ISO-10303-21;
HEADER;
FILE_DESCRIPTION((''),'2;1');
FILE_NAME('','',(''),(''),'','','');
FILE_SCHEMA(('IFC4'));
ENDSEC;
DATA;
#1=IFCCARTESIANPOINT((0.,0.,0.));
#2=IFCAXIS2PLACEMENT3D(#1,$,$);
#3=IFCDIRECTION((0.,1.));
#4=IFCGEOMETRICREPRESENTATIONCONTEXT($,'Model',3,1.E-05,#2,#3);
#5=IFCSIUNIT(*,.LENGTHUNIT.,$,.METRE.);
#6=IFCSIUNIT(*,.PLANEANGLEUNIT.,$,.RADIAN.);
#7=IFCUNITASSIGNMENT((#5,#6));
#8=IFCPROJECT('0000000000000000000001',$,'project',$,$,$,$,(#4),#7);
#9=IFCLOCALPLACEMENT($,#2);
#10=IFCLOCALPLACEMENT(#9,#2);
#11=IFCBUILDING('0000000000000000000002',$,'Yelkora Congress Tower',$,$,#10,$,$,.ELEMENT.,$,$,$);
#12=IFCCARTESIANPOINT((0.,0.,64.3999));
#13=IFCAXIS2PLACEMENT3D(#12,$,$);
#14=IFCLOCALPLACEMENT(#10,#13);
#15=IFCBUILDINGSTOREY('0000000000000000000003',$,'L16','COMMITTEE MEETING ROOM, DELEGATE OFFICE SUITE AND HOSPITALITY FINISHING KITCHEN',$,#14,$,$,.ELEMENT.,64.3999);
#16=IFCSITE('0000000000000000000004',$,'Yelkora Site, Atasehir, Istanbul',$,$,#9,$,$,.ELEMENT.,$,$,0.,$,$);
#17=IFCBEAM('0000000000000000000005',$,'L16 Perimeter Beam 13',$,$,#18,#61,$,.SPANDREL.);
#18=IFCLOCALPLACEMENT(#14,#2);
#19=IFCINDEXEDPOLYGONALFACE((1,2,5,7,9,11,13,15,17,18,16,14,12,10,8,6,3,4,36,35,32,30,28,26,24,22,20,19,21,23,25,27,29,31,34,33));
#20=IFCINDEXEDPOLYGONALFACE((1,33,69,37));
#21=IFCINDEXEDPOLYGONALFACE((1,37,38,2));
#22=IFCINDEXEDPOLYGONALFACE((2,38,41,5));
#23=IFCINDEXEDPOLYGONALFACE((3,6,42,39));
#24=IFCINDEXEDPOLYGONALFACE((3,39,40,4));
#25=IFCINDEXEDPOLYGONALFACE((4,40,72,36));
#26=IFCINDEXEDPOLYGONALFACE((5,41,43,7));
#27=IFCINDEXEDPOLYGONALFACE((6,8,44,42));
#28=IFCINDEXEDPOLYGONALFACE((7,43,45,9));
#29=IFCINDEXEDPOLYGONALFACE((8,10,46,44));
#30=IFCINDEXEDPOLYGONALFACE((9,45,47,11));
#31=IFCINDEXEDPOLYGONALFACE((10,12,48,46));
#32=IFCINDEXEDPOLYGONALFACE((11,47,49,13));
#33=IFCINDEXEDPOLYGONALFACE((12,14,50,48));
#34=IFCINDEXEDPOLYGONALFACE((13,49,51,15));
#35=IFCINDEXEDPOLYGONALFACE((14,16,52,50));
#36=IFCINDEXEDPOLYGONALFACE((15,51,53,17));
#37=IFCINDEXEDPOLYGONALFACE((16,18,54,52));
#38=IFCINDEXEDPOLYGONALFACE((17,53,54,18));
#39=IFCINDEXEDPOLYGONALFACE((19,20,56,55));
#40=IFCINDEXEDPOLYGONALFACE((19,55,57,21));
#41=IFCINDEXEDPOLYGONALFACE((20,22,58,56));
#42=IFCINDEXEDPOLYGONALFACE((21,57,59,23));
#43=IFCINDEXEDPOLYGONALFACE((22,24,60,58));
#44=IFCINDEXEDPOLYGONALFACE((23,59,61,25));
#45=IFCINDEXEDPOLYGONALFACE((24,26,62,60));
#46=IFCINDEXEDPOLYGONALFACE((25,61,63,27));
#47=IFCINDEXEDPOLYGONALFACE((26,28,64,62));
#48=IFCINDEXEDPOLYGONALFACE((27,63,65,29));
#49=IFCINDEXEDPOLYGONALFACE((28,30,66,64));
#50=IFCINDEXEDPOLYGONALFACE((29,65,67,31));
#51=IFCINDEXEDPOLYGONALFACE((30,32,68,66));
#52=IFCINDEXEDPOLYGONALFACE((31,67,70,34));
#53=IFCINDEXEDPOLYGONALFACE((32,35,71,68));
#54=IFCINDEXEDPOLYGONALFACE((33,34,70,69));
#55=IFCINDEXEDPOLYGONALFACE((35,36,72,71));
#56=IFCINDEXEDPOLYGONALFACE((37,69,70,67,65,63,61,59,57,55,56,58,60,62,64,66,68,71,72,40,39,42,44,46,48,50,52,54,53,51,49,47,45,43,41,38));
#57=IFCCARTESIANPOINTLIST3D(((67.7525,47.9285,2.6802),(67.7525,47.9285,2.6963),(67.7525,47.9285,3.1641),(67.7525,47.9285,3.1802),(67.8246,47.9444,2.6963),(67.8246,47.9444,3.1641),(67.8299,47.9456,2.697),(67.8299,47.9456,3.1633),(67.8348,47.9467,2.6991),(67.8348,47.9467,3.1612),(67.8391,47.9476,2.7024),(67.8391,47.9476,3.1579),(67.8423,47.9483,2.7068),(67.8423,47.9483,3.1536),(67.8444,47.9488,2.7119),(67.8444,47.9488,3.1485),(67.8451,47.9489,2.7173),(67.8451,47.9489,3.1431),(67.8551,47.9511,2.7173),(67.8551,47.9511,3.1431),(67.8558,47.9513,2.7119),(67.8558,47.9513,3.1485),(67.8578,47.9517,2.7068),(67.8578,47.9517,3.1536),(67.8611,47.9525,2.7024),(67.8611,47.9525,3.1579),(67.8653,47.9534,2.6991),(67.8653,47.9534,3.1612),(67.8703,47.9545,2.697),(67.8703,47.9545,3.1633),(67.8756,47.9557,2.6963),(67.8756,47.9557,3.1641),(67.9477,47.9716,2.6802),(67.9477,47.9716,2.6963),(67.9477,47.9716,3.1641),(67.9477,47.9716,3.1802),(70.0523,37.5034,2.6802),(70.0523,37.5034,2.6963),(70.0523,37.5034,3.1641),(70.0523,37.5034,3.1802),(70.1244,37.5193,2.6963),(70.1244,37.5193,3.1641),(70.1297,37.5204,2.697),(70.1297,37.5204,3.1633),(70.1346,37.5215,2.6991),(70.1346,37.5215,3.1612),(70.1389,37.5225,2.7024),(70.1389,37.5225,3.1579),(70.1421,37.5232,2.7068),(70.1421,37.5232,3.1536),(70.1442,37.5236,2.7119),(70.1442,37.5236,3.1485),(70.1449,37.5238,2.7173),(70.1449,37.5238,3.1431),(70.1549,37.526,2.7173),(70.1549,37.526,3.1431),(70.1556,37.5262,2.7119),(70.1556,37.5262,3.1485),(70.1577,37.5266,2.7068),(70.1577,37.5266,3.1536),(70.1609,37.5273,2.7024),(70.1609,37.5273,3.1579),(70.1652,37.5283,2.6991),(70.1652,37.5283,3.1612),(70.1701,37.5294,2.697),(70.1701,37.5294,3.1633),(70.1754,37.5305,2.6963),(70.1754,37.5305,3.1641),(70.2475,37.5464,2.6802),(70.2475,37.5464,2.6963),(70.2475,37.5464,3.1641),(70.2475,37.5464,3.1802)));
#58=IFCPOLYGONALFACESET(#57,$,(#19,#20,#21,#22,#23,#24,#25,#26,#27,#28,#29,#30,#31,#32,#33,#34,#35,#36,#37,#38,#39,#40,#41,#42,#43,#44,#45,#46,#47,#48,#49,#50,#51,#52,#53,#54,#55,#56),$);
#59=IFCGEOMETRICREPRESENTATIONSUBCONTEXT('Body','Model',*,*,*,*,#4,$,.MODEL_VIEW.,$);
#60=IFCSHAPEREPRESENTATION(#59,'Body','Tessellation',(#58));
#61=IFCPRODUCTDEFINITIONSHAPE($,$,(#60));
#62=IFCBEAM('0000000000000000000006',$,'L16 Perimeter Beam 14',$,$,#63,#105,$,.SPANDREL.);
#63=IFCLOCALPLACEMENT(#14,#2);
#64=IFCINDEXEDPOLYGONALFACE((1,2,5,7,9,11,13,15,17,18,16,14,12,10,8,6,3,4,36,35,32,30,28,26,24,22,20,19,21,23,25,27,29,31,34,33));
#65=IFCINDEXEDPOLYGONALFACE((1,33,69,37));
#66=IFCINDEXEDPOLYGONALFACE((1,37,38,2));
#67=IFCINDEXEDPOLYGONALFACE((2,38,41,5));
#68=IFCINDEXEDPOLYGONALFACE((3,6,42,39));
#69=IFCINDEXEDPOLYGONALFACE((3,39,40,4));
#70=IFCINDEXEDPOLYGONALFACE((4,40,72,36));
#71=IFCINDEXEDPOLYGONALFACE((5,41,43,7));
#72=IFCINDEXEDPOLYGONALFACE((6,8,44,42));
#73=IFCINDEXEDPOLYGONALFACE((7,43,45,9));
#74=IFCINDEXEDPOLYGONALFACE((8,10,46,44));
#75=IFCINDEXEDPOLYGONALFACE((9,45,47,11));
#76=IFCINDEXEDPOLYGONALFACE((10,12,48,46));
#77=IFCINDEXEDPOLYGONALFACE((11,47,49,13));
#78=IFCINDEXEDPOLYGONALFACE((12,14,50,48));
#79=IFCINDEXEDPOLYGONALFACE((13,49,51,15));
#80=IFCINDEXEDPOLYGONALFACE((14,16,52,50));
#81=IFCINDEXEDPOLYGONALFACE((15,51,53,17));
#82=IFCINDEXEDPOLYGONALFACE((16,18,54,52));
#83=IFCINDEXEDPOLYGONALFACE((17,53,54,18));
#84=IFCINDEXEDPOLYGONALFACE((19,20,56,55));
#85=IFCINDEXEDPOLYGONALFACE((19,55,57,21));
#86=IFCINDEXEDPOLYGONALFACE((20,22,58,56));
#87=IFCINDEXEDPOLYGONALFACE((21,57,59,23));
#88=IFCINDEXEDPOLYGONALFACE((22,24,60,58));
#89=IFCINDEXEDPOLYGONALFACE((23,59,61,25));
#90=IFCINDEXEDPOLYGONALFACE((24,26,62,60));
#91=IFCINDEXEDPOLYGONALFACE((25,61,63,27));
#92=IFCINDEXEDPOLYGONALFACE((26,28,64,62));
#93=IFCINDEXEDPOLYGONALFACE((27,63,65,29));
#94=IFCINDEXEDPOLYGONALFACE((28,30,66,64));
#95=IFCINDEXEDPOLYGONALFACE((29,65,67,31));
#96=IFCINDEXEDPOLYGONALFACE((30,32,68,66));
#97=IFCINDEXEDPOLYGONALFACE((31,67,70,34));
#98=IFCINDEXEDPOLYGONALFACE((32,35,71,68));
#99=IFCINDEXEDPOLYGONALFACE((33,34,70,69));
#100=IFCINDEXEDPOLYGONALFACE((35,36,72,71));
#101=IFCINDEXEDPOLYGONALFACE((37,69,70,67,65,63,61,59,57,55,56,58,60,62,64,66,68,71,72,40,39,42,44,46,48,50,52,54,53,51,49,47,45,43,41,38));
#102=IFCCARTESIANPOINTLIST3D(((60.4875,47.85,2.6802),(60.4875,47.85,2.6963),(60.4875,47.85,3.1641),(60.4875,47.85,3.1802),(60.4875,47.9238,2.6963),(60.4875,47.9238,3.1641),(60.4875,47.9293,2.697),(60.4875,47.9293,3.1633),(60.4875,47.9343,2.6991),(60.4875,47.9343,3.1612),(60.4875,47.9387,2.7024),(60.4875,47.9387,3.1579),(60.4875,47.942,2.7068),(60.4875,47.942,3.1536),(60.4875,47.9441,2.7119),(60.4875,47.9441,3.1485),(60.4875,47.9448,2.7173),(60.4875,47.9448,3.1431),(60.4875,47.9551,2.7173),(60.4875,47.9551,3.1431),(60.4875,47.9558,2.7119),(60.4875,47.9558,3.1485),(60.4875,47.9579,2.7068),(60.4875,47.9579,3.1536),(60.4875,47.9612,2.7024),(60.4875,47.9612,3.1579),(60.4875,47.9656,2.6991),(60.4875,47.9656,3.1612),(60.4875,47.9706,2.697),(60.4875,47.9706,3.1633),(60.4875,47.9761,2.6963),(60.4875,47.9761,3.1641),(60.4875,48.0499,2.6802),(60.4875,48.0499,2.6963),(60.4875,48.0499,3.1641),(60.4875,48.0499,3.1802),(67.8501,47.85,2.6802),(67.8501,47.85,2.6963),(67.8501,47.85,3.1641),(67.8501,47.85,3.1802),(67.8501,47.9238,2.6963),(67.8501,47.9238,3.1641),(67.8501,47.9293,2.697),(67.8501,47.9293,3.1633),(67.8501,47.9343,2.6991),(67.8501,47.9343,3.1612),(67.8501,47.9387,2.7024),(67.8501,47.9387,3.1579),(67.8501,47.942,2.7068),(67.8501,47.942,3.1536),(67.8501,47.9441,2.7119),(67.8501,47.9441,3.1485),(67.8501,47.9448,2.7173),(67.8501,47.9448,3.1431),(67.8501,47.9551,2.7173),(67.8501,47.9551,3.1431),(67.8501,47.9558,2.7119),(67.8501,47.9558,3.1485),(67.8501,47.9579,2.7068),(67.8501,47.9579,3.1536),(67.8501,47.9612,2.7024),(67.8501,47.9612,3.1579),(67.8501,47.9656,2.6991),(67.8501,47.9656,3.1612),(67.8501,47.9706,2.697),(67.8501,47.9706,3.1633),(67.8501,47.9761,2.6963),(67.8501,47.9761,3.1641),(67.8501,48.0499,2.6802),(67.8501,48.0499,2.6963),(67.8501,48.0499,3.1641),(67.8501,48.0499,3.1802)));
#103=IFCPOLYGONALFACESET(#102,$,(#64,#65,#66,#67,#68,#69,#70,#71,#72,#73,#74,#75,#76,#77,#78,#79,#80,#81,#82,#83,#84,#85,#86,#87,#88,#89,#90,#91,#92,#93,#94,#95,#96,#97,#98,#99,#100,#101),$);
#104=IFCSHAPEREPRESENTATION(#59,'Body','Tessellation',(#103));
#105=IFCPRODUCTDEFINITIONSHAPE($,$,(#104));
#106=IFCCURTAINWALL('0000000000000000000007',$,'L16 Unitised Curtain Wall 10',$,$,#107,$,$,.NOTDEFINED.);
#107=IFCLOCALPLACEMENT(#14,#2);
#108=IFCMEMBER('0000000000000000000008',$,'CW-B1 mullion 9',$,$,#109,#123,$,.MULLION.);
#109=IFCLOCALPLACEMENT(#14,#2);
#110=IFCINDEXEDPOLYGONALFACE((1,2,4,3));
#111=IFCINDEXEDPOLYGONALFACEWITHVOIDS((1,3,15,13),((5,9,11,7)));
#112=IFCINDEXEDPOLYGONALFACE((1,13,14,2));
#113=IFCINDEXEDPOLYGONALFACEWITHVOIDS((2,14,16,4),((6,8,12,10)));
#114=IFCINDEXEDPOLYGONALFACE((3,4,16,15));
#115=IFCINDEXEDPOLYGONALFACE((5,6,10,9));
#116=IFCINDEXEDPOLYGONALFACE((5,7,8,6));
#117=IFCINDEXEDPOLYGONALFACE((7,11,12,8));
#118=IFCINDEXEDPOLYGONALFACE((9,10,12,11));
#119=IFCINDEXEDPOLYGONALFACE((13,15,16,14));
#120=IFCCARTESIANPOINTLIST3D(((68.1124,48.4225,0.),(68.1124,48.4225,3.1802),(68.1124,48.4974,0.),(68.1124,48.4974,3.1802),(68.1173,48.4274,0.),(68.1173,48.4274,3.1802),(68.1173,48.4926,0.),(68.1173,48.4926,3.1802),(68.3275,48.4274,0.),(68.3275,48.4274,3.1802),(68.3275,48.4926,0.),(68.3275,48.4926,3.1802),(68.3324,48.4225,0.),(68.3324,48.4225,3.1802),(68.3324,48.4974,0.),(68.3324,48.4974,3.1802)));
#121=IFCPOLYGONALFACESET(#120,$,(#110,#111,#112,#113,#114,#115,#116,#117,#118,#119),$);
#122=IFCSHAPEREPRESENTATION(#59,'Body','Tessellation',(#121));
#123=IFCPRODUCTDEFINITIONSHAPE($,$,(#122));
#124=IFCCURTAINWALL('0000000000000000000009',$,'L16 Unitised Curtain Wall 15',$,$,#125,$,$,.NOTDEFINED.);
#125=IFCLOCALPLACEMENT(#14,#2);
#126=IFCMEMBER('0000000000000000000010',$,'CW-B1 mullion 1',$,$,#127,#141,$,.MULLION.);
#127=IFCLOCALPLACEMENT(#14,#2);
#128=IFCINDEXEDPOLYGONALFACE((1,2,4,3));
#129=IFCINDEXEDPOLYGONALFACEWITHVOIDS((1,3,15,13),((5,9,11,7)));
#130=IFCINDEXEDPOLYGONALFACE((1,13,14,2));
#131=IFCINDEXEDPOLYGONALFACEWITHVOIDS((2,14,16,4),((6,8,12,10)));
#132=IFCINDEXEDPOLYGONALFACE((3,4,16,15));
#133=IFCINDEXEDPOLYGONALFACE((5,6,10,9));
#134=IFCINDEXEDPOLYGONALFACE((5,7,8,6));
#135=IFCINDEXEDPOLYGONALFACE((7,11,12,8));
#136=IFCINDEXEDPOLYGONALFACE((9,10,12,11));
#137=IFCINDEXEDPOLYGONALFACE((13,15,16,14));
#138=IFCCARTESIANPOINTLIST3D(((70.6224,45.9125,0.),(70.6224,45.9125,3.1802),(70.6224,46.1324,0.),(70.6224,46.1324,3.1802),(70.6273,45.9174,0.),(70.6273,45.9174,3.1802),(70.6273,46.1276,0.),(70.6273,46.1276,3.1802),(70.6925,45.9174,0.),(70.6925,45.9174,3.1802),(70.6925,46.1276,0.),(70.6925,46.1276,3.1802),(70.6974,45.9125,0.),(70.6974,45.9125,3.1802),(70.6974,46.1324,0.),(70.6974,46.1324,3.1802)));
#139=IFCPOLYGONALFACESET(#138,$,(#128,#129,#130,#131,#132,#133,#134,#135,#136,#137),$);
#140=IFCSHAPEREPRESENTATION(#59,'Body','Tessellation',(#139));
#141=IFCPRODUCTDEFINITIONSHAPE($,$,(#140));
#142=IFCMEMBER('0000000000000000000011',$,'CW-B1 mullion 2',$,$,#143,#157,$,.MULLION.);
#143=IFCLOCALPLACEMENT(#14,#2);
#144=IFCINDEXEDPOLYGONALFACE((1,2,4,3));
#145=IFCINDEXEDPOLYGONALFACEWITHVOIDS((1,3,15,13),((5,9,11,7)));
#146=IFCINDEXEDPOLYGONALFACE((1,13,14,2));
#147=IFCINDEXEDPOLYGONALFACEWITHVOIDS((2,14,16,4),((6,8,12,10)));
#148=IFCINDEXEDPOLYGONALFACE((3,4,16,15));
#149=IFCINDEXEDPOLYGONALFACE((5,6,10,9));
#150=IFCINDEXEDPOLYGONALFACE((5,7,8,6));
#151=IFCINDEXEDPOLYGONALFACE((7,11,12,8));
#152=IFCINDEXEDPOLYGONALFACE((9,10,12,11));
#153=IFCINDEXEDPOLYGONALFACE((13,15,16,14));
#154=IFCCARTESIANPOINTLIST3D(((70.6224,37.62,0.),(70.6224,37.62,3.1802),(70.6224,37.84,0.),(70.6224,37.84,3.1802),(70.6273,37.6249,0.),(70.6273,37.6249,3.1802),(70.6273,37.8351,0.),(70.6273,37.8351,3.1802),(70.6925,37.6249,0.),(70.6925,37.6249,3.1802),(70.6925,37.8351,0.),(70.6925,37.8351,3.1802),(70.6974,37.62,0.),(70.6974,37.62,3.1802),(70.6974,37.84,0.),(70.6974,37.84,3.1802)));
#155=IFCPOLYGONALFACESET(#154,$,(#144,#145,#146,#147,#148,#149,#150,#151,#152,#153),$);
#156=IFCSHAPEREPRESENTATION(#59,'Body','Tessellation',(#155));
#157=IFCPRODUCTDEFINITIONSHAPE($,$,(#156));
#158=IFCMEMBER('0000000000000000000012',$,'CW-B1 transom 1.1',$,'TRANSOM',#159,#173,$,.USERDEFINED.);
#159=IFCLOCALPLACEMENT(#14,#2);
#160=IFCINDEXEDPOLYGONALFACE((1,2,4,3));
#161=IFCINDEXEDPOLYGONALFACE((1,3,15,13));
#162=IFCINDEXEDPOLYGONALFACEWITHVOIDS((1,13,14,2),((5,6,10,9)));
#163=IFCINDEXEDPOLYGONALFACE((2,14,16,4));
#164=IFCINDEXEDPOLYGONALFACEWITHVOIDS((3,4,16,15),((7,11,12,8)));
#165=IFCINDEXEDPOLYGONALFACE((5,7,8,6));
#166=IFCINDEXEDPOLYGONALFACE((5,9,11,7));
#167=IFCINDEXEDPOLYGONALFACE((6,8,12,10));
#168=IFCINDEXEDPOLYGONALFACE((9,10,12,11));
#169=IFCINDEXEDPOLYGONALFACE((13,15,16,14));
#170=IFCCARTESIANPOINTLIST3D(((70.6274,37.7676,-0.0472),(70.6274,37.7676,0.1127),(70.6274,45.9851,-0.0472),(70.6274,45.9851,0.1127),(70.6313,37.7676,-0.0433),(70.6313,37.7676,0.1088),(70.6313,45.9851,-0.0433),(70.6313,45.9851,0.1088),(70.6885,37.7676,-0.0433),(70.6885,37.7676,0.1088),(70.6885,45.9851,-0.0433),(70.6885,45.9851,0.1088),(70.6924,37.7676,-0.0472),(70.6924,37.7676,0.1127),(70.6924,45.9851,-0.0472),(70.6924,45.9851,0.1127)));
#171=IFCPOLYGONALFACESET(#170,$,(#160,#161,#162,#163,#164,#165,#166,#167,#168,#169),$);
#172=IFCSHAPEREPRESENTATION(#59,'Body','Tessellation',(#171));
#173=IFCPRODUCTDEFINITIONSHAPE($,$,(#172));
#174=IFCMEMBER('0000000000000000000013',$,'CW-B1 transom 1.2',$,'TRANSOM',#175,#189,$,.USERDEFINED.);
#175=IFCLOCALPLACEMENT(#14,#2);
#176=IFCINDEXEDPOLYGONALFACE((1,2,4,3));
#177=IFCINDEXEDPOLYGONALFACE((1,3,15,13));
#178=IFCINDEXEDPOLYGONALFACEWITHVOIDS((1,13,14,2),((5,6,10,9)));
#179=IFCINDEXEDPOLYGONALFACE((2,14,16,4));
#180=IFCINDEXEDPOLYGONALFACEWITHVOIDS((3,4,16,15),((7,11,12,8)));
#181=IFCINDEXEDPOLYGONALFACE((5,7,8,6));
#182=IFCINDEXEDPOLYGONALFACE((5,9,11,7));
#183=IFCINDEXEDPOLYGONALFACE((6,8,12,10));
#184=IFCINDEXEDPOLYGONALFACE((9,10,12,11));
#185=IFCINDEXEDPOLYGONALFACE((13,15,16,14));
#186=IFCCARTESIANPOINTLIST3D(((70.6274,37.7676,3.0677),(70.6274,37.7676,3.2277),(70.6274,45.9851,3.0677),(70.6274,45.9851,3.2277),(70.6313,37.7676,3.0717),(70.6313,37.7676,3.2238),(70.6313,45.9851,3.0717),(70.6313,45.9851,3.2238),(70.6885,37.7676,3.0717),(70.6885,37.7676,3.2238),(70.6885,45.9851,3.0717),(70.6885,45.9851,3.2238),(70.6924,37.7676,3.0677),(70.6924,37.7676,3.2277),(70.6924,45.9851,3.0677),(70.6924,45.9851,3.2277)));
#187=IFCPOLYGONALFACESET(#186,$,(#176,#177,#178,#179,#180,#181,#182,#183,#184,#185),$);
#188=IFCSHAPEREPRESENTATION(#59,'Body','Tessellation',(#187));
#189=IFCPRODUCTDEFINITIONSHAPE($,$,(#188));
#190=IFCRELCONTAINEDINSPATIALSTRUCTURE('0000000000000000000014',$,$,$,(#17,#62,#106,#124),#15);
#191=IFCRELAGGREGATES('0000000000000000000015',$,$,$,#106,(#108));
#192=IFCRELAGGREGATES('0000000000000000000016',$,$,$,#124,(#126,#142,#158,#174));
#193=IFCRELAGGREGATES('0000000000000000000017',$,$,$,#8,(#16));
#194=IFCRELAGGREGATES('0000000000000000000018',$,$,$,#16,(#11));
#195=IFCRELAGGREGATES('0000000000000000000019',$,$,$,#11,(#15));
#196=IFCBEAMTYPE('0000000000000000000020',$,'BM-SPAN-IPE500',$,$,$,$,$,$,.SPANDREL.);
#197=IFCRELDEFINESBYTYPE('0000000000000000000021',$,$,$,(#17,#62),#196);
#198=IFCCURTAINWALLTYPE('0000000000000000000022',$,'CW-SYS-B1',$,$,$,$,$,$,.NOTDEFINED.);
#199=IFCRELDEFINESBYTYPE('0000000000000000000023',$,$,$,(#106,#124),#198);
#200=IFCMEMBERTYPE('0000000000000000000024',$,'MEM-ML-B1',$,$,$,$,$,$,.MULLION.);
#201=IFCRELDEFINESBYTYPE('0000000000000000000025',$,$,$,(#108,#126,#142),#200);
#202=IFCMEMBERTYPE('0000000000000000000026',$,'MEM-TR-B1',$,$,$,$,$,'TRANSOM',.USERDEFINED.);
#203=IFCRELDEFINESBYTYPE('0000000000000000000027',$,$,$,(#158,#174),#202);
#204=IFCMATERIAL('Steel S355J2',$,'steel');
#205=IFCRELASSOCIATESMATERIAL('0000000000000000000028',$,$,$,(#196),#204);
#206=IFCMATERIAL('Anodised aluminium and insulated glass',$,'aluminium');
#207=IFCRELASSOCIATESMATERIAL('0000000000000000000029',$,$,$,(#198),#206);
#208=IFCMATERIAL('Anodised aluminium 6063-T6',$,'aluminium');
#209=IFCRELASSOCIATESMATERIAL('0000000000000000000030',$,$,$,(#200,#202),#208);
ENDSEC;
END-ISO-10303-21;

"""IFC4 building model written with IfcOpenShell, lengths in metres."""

from ifc_helpers import new_model, si_unit, direction, frame, origin, origin_2d, place, context, subcontext, project, spatial, hollow_rectangle, i_section, extrude, material, material_profile, profile_set, type_object, element, aggregate, save


model = new_model("IFC4")

# Units and contexts
model_context = context("Model", 3, precision=1e-05, world=origin(), true_north=direction((0.0, 1.0)))
body_context = subcontext(model_context, "Body", "Model", "MODEL_VIEW")
ifc_project = project(units=[si_unit("LENGTHUNIT", "METRE"), si_unit("PLANEANGLEUNIT", "RADIAN")], contexts=[model_context])

# Site, building, storey
site_placement = place(None, origin())
site = spatial("IfcSite", under=ifc_project, at=site_placement, Name="Yelkora Site, Atasehir, Istanbul", CompositionType="ELEMENT", RefElevation=0.0)
building_placement = place(site_placement, origin())
building = spatial("IfcBuilding", under=site, at=building_placement, Name="Yelkora Congress Tower", CompositionType="ELEMENT")
storey_placement = place(building_placement, frame((0.0, 0.0, 64.3999)))
storey = spatial("IfcBuildingStorey", under=building, at=storey_placement, Name="L16", Description="COMMITTEE MEETING ROOM, DELEGATE OFFICE SUITE AND HOSPITALITY FINISHING KITCHEN", CompositionType="ELEMENT", Elevation=64.3999)

# Beams
ifc_material_1 = material(Name="Steel S355J2", Category="steel")
ifc_material_profile_1 = material_profile(ifc_material_1, i_section(OverallWidth=0.2, OverallDepth=0.5, WebThickness=0.0103, FlangeThickness=0.0161, FilletRadius=0.021, at=origin_2d()), Name="IPE 500")
ifc_profile_set_1 = profile_set([ifc_material_profile_1], Name="Steel S355J2")
beam_type_1 = type_object("IfcBeamType", Name="BM-SPAN-IPE500", PredefinedType="SPANDREL", material=ifc_profile_set_1)
beam_1_placement = place(storey_placement, frame((70.1499, 37.5249, 2.9302), z_axis=(-0.215424, 0.976521, 0.0), x_axis=(-0.976521, -0.215424, 0.0)))
element("IfcBeam", 1, at=beam_1_placement, inside=storey, type_object=beam_type_1, Name="L16 Perimeter Beam 13", PredefinedType="SPANDREL", context=body_context, shape_type="SweptSolid", body=[
    extrude(i_section(OverallWidth=0.2, OverallDepth=0.5, WebThickness=0.0103, FlangeThickness=0.0161, FilletRadius=0.021, at=origin_2d()), origin(), (0.0, 0.0, 1.0), 10.6758),
])
beam_2_placement = place(storey_placement, frame((67.8501, 47.95, 2.9302), z_axis=(-1.0, 0.0, 0.0), x_axis=(0.0, -1.0, 0.0)))
element("IfcBeam", 2, at=beam_2_placement, inside=storey, type_object=beam_type_1, Name="L16 Perimeter Beam 14", PredefinedType="SPANDREL", context=body_context, shape_type="SweptSolid", body=[
    extrude(i_section(OverallWidth=0.2, OverallDepth=0.5, WebThickness=0.0103, FlangeThickness=0.0161, FilletRadius=0.021, at=origin_2d()), origin(), (0.0, 0.0, 1.0), 7.3625),
])

# Curtain wall, member
ifc_material_2 = material(Name="Anodised aluminium and insulated glass", Category="aluminium")
curtain_wall_type = type_object("IfcCurtainWallType", Name="CW-SYS-B1", PredefinedType="NOTDEFINED", material=ifc_material_2)
curtain_wall_1_placement = place(storey_placement, origin())
curtain_wall_1 = element("IfcCurtainWall", 3, at=curtain_wall_1_placement, inside=storey, type_object=curtain_wall_type, Name="L16 Unitised Curtain Wall 10", PredefinedType="NOTDEFINED")
ifc_material_3 = material(Name="Anodised aluminium 6063-T6", Category="aluminium")
ifc_material_profile_2 = material_profile(ifc_material_3, hollow_rectangle(XDim=0.075, YDim=0.22, WallThickness=0.0049, at=origin_2d()), Name="ALU 75x220x5")
ifc_profile_set_2 = profile_set([ifc_material_profile_2], Name="Anodised aluminium 6063-T6")
member_type_1 = type_object("IfcMemberType", Name="MEM-ML-B1", PredefinedType="MULLION", material=ifc_profile_set_2)
member_1_placement = place(storey_placement, frame((68.2224, 48.46, 0.0), z_axis=(0.0, 0.0, 1.0), x_axis=(0.0, 1.0, 0.0)))
member_1 = element("IfcMember", 4, at=member_1_placement, type_object=member_type_1, Name="CW-B1 mullion 9", PredefinedType="MULLION", context=body_context, shape_type="SweptSolid", body=[
    extrude(hollow_rectangle(XDim=0.075, YDim=0.22, WallThickness=0.0049, at=origin_2d()), origin(), (0.0, 0.0, 1.0), 3.1802),
])

# Curtain wall, members
curtain_wall_2_placement = place(storey_placement, origin())
curtain_wall_2 = element("IfcCurtainWall", 5, at=curtain_wall_2_placement, inside=storey, type_object=curtain_wall_type, Name="L16 Unitised Curtain Wall 15", PredefinedType="NOTDEFINED")
member_2_placement = place(storey_placement, frame((70.6599, 46.0225, 0.0), z_axis=(0.0, 0.0, 1.0), x_axis=(1.0, 0.0, 0.0)))
member_2 = element("IfcMember", 6, at=member_2_placement, type_object=member_type_1, Name="CW-B1 mullion 1", PredefinedType="MULLION", context=body_context, shape_type="SweptSolid", body=[
    extrude(hollow_rectangle(XDim=0.075, YDim=0.22, WallThickness=0.0049, at=origin_2d()), origin(), (0.0, 0.0, 1.0), 3.1802),
])
member_3_placement = place(storey_placement, frame((70.6599, 37.73, 0.0), z_axis=(0.0, 0.0, 1.0), x_axis=(1.0, 0.0, 0.0)))
member_3 = element("IfcMember", 7, at=member_3_placement, type_object=member_type_1, Name="CW-B1 mullion 2", PredefinedType="MULLION", context=body_context, shape_type="SweptSolid", body=[
    extrude(hollow_rectangle(XDim=0.075, YDim=0.22, WallThickness=0.0049, at=origin_2d()), origin(), (0.0, 0.0, 1.0), 3.1802),
])
ifc_material_profile_3 = material_profile(ifc_material_3, hollow_rectangle(XDim=0.0649, YDim=0.1599, WallThickness=0.0039, at=origin_2d()), Name="ALU 65x160x4")
ifc_profile_set_3 = profile_set([ifc_material_profile_3], Name="Anodised aluminium 6063-T6")
member_type_2 = type_object("IfcMemberType", Name="MEM-TR-B1", ElementType="TRANSOM", PredefinedType="USERDEFINED", material=ifc_profile_set_3)
member_4_placement = place(storey_placement, frame((70.6599, 45.9851, 0.0327), z_axis=(0.0, -1.0, 0.0), x_axis=(1.0, 0.0, 0.0)))
member_4 = element("IfcMember", 8, at=member_4_placement, type_object=member_type_2, Name="CW-B1 transom 1.1", ObjectType="TRANSOM", PredefinedType="USERDEFINED", context=body_context, shape_type="SweptSolid", body=[
    extrude(hollow_rectangle(XDim=0.0649, YDim=0.1599, WallThickness=0.0039, at=origin_2d()), origin(), (0.0, 0.0, 1.0), 8.2175),
])
member_5_placement = place(storey_placement, frame((70.6599, 45.9851, 3.1477), z_axis=(0.0, -1.0, 0.0), x_axis=(1.0, 0.0, 0.0)))
member_5 = element("IfcMember", 9, at=member_5_placement, type_object=member_type_2, Name="CW-B1 transom 1.2", ObjectType="TRANSOM", PredefinedType="USERDEFINED", context=body_context, shape_type="SweptSolid", body=[
    extrude(hollow_rectangle(XDim=0.0649, YDim=0.1599, WallThickness=0.0039, at=origin_2d()), origin(), (0.0, 0.0, 1.0), 8.2175),
])

aggregate(curtain_wall_1, [member_1])
aggregate(curtain_wall_2, [member_2, member_3, member_4, member_5])

save(model, "model.ifc")
